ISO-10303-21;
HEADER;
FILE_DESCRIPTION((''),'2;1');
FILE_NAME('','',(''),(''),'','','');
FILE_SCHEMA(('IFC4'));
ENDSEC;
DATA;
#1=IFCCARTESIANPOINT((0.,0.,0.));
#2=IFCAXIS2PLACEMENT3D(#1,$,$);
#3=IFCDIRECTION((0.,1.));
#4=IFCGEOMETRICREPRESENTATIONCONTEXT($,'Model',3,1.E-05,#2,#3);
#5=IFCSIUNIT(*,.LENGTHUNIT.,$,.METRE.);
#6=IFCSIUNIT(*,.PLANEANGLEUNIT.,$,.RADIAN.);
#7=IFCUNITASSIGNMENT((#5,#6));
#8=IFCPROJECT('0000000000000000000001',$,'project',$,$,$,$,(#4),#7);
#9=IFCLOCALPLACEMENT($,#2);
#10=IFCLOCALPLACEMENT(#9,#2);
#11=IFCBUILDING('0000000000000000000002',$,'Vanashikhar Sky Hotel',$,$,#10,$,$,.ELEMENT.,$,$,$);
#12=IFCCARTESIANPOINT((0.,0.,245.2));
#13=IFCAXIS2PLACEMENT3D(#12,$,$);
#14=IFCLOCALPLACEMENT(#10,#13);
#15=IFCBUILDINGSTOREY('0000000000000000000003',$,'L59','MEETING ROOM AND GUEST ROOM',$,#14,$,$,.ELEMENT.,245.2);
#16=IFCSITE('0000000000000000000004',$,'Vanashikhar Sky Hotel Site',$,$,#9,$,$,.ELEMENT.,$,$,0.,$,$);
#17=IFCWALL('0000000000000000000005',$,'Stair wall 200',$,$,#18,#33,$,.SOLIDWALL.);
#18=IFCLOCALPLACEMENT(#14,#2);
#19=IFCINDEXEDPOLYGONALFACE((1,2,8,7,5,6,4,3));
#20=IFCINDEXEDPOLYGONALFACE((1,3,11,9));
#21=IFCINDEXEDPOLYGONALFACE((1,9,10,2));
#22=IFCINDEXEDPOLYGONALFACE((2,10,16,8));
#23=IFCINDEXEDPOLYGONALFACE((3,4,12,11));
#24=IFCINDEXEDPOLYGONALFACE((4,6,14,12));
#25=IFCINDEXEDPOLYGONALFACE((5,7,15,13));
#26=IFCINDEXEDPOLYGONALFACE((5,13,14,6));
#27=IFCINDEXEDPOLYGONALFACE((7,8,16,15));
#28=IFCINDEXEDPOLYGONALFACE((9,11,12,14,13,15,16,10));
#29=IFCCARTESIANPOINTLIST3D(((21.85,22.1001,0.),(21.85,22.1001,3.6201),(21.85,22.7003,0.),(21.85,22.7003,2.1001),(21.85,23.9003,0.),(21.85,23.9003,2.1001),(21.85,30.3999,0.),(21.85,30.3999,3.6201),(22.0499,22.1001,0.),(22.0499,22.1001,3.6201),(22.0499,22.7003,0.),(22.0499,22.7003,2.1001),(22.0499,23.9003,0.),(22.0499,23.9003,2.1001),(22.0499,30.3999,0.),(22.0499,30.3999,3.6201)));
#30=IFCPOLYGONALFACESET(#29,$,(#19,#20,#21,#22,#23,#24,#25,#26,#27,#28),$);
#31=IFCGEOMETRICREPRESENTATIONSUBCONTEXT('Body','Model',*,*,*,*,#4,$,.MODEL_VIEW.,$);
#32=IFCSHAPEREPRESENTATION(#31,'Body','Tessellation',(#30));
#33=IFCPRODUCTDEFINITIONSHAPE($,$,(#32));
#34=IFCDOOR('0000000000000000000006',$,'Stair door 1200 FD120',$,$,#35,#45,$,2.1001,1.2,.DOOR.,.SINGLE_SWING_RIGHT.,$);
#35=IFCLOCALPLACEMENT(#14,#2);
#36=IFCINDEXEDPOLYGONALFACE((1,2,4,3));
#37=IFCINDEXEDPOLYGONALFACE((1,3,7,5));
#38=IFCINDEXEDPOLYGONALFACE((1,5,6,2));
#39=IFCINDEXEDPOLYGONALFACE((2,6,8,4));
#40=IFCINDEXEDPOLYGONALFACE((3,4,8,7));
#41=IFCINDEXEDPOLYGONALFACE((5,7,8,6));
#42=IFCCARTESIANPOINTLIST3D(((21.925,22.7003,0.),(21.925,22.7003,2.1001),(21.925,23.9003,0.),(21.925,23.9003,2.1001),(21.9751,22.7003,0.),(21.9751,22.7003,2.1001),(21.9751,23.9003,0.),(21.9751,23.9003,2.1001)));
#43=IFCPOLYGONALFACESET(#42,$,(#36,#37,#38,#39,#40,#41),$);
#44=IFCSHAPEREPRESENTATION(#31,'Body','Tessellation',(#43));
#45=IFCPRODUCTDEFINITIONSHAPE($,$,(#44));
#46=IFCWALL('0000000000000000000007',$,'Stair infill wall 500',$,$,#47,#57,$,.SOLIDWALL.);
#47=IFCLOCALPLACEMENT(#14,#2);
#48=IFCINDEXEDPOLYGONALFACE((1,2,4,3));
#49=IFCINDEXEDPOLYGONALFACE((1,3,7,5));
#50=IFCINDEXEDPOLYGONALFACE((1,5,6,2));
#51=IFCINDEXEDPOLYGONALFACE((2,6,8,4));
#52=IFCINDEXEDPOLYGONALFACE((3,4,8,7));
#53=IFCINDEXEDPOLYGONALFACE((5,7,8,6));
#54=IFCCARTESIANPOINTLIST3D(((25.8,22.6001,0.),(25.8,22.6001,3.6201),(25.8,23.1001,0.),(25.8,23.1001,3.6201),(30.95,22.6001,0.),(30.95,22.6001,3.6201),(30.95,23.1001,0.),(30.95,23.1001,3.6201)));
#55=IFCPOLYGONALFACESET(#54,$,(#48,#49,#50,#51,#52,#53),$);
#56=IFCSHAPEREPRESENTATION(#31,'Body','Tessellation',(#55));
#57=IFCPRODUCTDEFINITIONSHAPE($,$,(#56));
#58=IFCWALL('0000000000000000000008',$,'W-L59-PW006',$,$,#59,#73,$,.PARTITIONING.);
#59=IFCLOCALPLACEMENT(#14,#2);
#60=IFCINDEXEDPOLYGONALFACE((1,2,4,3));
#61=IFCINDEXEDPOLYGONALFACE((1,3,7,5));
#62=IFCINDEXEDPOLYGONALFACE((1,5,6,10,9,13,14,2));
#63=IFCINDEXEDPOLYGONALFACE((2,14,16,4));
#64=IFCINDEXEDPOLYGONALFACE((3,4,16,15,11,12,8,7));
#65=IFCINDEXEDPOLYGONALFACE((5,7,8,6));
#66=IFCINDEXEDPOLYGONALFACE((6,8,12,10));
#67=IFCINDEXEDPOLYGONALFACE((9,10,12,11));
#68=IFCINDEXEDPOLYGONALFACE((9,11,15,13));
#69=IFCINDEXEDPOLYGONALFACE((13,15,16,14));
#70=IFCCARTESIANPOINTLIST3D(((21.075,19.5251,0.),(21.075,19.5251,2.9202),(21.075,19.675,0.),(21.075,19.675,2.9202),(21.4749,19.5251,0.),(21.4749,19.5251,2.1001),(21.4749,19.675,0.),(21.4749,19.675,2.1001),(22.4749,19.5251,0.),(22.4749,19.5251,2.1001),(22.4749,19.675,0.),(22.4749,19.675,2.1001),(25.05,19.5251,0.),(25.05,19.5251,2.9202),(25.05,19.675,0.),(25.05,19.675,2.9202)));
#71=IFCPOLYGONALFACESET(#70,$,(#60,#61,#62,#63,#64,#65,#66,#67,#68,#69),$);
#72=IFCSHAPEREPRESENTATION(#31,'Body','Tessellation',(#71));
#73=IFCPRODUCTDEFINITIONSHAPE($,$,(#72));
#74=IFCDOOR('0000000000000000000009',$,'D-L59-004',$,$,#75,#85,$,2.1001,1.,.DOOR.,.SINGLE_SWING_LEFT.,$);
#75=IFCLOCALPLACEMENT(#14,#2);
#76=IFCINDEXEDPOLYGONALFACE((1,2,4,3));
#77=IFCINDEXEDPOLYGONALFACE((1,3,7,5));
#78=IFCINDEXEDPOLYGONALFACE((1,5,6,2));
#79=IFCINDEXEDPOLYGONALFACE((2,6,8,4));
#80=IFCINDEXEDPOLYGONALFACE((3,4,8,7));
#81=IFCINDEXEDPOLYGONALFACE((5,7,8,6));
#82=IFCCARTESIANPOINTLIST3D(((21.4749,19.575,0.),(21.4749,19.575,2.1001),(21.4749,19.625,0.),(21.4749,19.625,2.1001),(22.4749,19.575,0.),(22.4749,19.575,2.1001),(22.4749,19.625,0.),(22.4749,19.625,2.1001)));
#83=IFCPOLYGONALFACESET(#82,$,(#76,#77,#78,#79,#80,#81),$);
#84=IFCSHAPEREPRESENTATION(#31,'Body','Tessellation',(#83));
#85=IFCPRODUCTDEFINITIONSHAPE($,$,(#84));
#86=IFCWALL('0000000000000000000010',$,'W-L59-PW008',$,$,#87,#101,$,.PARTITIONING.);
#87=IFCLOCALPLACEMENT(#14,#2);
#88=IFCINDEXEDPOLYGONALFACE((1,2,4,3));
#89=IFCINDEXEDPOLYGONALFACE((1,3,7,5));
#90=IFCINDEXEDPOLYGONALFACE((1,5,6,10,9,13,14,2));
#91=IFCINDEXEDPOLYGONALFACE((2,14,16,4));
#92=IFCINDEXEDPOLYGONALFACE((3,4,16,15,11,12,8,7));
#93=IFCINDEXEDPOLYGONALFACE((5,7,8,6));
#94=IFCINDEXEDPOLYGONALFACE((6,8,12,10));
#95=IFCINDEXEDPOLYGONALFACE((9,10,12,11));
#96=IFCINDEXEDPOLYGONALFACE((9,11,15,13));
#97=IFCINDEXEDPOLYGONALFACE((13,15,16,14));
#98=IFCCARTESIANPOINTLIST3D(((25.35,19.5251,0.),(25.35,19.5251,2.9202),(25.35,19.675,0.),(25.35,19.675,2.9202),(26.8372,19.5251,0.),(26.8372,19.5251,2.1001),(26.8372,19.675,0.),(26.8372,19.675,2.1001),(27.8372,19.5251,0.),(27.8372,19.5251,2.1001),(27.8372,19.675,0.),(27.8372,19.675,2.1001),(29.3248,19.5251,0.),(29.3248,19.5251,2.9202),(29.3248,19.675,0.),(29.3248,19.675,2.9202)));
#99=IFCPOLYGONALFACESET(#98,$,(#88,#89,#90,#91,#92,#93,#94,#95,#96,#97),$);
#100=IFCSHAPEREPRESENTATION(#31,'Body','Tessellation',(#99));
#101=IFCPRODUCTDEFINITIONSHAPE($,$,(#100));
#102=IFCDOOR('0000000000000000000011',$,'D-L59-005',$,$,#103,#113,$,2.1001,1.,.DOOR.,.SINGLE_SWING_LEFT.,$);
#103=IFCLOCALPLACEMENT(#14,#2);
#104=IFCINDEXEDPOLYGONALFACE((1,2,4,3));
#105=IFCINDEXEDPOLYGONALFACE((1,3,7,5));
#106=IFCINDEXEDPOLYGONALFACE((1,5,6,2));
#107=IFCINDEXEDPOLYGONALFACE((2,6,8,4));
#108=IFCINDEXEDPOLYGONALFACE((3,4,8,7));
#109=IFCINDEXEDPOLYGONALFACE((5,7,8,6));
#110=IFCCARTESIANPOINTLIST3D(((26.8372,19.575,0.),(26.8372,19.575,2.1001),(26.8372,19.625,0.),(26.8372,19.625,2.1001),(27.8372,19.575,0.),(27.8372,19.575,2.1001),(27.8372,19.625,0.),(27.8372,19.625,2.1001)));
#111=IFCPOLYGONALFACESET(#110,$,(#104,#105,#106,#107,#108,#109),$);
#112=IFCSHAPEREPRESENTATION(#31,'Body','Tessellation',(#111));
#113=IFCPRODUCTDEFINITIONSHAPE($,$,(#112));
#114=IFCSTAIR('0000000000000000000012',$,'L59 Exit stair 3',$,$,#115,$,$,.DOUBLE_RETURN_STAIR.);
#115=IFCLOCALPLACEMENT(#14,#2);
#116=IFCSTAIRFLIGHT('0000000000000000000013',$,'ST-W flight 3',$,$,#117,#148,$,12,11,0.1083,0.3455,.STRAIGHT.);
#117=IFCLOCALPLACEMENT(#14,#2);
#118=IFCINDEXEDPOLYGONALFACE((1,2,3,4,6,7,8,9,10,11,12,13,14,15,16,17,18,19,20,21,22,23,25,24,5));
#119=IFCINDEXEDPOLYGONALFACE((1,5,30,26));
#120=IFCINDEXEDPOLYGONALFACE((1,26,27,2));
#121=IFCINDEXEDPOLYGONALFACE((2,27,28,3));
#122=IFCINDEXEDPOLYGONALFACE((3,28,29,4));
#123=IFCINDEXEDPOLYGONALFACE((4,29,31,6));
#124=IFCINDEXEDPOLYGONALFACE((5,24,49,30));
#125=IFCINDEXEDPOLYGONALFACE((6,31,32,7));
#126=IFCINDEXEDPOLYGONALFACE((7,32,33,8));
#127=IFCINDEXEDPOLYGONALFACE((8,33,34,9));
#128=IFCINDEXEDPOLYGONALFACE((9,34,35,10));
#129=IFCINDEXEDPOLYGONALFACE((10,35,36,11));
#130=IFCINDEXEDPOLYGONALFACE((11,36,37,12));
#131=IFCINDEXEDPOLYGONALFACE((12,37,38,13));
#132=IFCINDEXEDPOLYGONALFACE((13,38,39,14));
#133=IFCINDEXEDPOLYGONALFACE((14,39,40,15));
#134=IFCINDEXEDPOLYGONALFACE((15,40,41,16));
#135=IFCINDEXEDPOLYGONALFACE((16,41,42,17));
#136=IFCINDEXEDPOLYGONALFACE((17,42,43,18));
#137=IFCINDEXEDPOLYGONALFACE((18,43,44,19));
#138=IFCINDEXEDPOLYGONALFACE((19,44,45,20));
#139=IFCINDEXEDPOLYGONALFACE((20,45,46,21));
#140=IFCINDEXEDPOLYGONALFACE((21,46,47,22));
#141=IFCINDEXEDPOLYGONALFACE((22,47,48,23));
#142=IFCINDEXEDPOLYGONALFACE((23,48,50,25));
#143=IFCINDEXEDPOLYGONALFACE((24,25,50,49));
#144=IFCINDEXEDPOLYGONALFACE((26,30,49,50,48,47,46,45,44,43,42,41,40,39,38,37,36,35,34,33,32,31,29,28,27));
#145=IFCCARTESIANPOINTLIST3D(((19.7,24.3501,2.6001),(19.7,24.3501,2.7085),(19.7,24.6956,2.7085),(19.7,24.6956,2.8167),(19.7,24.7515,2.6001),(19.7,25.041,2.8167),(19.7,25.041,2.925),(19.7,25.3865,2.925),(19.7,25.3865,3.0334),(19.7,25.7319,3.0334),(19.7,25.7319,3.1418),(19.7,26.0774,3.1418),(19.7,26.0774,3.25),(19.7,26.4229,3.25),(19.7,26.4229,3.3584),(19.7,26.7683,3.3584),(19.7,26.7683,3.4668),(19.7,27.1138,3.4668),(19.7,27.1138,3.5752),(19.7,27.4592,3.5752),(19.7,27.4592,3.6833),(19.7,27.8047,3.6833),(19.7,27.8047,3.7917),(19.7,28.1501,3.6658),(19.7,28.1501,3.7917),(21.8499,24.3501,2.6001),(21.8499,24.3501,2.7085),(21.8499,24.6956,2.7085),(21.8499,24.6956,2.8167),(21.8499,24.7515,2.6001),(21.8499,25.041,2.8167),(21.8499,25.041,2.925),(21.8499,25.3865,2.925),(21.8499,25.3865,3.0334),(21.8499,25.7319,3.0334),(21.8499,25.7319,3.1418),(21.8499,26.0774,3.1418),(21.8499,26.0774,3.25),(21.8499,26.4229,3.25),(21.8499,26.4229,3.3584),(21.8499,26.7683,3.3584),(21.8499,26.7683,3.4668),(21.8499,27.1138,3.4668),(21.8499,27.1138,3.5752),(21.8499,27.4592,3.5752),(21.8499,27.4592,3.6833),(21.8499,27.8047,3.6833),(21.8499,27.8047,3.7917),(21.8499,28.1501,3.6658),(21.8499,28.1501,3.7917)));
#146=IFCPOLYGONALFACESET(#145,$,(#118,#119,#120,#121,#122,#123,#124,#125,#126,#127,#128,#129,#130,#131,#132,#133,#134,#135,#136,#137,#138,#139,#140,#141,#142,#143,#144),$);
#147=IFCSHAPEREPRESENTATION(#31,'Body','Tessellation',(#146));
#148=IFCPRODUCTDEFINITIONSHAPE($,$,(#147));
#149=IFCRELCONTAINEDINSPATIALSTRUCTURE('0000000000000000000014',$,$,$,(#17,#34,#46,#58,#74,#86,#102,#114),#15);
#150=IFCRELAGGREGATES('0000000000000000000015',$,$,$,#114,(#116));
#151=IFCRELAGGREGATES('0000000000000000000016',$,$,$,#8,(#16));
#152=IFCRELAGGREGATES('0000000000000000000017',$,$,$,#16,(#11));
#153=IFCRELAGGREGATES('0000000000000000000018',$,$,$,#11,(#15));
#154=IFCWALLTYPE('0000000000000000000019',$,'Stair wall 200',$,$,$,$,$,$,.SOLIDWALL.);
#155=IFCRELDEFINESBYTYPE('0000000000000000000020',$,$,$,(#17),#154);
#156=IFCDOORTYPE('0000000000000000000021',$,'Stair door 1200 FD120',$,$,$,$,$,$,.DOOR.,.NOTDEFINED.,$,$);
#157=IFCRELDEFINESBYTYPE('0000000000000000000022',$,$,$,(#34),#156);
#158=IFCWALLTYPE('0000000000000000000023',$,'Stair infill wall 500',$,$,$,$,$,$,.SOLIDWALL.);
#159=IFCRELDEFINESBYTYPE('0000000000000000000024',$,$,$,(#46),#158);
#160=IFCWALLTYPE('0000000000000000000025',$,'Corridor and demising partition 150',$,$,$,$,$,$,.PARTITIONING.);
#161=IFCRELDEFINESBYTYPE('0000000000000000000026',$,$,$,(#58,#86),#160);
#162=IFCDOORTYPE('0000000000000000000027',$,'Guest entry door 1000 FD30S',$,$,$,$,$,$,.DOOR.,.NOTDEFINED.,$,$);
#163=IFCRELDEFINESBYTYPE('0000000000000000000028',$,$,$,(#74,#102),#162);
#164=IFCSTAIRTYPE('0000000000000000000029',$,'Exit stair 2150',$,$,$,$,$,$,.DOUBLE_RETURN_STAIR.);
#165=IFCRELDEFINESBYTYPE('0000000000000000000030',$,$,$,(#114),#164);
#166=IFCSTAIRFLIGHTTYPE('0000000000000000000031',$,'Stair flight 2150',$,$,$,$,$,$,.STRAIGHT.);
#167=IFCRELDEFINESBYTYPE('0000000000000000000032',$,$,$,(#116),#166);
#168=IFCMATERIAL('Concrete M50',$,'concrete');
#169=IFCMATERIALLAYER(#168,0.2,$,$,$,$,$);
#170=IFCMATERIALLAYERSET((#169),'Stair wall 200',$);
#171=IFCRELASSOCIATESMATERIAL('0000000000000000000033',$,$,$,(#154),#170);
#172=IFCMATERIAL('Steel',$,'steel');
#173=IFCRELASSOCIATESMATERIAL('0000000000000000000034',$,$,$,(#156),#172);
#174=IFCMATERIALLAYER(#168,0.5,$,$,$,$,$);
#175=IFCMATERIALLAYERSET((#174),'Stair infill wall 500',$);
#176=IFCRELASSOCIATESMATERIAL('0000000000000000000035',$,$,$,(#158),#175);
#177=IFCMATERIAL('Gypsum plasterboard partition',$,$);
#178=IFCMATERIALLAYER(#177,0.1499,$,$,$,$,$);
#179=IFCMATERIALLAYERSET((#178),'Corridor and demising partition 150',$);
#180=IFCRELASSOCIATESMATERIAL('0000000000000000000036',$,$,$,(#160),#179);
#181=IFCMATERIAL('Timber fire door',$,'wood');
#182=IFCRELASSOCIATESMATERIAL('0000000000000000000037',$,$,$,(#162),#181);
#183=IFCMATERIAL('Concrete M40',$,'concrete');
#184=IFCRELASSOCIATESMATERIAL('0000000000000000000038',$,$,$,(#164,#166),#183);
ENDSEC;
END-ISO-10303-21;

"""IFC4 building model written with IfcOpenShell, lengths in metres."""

from ifc_helpers import new_model, si_unit, direction, frame, frame_2d, origin, place, context, subcontext, project, spatial, polyline, rectangle, outline, extrude, source, transform, mapped, material, layer, layer_set, type_object, element, fill, aggregate, save


model = new_model("IFC4")

# Units and contexts
model_context = context("Model", 3, precision=1e-05, world=origin(), true_north=direction((0.0, 1.0)))
body_context = subcontext(model_context, "Body", "Model", "MODEL_VIEW")
ifc_project = project(units=[si_unit("LENGTHUNIT", "METRE"), si_unit("PLANEANGLEUNIT", "RADIAN")], contexts=[model_context])

# Site, building, storey
site_placement = place(None, origin())
site = spatial("IfcSite", under=ifc_project, at=site_placement, Name="Vanashikhar Sky Hotel Site", CompositionType="ELEMENT", RefElevation=0.0)
building_placement = place(site_placement, origin())
building = spatial("IfcBuilding", under=site, at=building_placement, Name="Vanashikhar Sky Hotel", CompositionType="ELEMENT")
storey_placement = place(building_placement, frame((0.0, 0.0, 245.2)))
storey = spatial("IfcBuildingStorey", under=building, at=storey_placement, Name="L59", Description="MEETING ROOM AND GUEST ROOM", CompositionType="ELEMENT", Elevation=245.2)

# Shared definitions
ifc_material_1 = material(Name="Steel", Category="steel")

# Wall, opening, door
ifc_material_2 = material(Name="Concrete M50", Category="concrete")
ifc_layer_1 = layer(ifc_material_2, 0.2)
ifc_layer_set_1 = layer_set([ifc_layer_1], Name="Stair wall 200")
wall_type_1 = type_object("IfcWallType", Name="Stair wall 200", PredefinedType="SOLIDWALL", material=ifc_layer_set_1)
shared_shape_1 = source(origin(), body_context, "Body", "SweptSolid", [
    extrude(rectangle(XDim=8.2998, YDim=0.2, at=frame_2d((4.1499, 0.0))), origin(), (0.0, 0.0, 1.0), 3.6201),
])
wall_1_placement = place(storey_placement, frame((21.95, 22.1001, 0.0), z_axis=(0.0, 0.0, 1.0), x_axis=(0.0, 1.0, 0.0)))
wall_1 = element("IfcWall", 1, at=wall_1_placement, inside=storey, type_object=wall_type_1, Name="Stair wall 200", PredefinedType="SOLIDWALL", context=body_context, shape_type="MappedRepresentation", body=[
    mapped(shared_shape_1, transform((0.0, 0.0, 0.0), scale=1.0)),
])
shared_shape_2 = source(origin(), body_context, "Body", "SweptSolid", [
    extrude(rectangle(XDim=1.2, YDim=2.1001, at=frame_2d((0.6001, 1.05))), frame((0.0, 0.1099, 0.0), z_axis=(0.0, -1.0, 0.0), x_axis=(1.0, 0.0, 0.0)), (0.0, 0.0, 1.0), 0.22),
])
opening_1_placement = place(wall_1_placement, frame((0.6001, 0.0, 0.0)))
opening_1 = element("IfcOpeningElement", 2, at=opening_1_placement, cuts=wall_1, PredefinedType="OPENING", context=body_context, shape_type="MappedRepresentation", body=[
    mapped(shared_shape_2, transform((0.0, 0.0, 0.0), scale=1.0)),
])
door_type_1 = type_object("IfcDoorType", Name="Stair door 1200 FD120", OperationType="NOTDEFINED", PredefinedType="DOOR", material=ifc_material_1)
shared_shape_3 = source(origin(), body_context, "Body", "SweptSolid", [
    extrude(rectangle(XDim=1.2, YDim=2.1001, at=frame_2d((0.6001, 1.05))), frame((0.0, 0.0249, 0.0), z_axis=(0.0, -1.0, 0.0), x_axis=(1.0, 0.0, 0.0)), (0.0, 0.0, 1.0), 0.05),
])
door_1_placement = place(opening_1_placement, origin())
door_1 = element("IfcDoor", 3, at=door_1_placement, inside=storey, type_object=door_type_1, Name="Stair door 1200 FD120", OperationType="SINGLE_SWING_RIGHT", OverallHeight=2.1001, OverallWidth=1.2, PredefinedType="DOOR", context=body_context, shape_type="MappedRepresentation", body=[
    mapped(shared_shape_3, transform((0.0, 0.0, 0.0), scale=1.0)),
])
fill(opening_1, door_1)

# Wall
ifc_layer_2 = layer(ifc_material_2, 0.5)
ifc_layer_set_2 = layer_set([ifc_layer_2], Name="Stair infill wall 500")
wall_type_2 = type_object("IfcWallType", Name="Stair infill wall 500", PredefinedType="SOLIDWALL", material=ifc_layer_set_2)
shared_shape_4 = source(origin(), body_context, "Body", "SweptSolid", [
    extrude(rectangle(XDim=5.1499, YDim=0.5, at=frame_2d((2.575, 0.0))), origin(), (0.0, 0.0, 1.0), 3.6201),
])
wall_2_placement = place(storey_placement, frame((25.8, 22.8501, 0.0), z_axis=(0.0, 0.0, 1.0), x_axis=(1.0, 0.0, 0.0)))
element("IfcWall", 4, at=wall_2_placement, inside=storey, type_object=wall_type_2, Name="Stair infill wall 500", PredefinedType="SOLIDWALL", context=body_context, shape_type="MappedRepresentation", body=[
    mapped(shared_shape_4, transform((0.0, 0.0, 0.0), scale=1.0)),
])

# Walls, openings, doors
ifc_material_3 = material(Name="Gypsum plasterboard partition")
ifc_layer_3 = layer(ifc_material_3, 0.1499)
ifc_layer_set_3 = layer_set([ifc_layer_3], Name="Corridor and demising partition 150")
wall_type_3 = type_object("IfcWallType", Name="Corridor and demising partition 150", PredefinedType="PARTITIONING", material=ifc_layer_set_3)
shared_shape_5 = source(origin(), body_context, "Body", "SweptSolid", [
    extrude(rectangle(XDim=3.9751, YDim=0.1499, at=frame_2d((1.9875, 0.0))), origin(), (0.0, 0.0, 1.0), 2.9202),
])
wall_3_placement = place(storey_placement, frame((21.075, 19.6001, 0.0), z_axis=(0.0, 0.0, 1.0), x_axis=(1.0, 0.0, 0.0)))
wall_3 = element("IfcWall", 5, at=wall_3_placement, inside=storey, type_object=wall_type_3, Name="W-L59-PW006", PredefinedType="PARTITIONING", context=body_context, shape_type="MappedRepresentation", body=[
    mapped(shared_shape_5, transform((0.0, 0.0, 0.0), scale=1.0)),
])
shared_shape_6 = source(origin(), body_context, "Body", "SweptSolid", [
    extrude(rectangle(XDim=1.0, YDim=2.1001, at=frame_2d((0.5, 1.05))), frame((0.0, 0.085, 0.0), z_axis=(0.0, -1.0, 0.0), x_axis=(1.0, 0.0, 0.0)), (0.0, 0.0, 1.0), 0.1699),
])
opening_2_placement = place(wall_3_placement, frame((0.3999, 0.0, 0.0)))
opening_2 = element("IfcOpeningElement", 6, at=opening_2_placement, cuts=wall_3, PredefinedType="OPENING", context=body_context, shape_type="MappedRepresentation", body=[
    mapped(shared_shape_6, transform((0.0, 0.0, 0.0), scale=1.0)),
])
ifc_material_4 = material(Name="Timber fire door", Category="wood")
door_type_2 = type_object("IfcDoorType", Name="Guest entry door 1000 FD30S", OperationType="NOTDEFINED", PredefinedType="DOOR", material=ifc_material_4)
shared_shape_7 = source(origin(), body_context, "Body", "SweptSolid", [
    extrude(rectangle(XDim=1.0, YDim=2.1001, at=frame_2d((0.5, 1.05))), frame((0.0, 0.0249, 0.0), z_axis=(0.0, -1.0, 0.0), x_axis=(1.0, 0.0, 0.0)), (0.0, 0.0, 1.0), 0.05),
])
door_2_placement = place(opening_2_placement, origin())
door_2 = element("IfcDoor", 7, at=door_2_placement, inside=storey, type_object=door_type_2, Name="D-L59-004", OperationType="SINGLE_SWING_LEFT", OverallHeight=2.1001, OverallWidth=1.0, PredefinedType="DOOR", context=body_context, shape_type="MappedRepresentation", body=[
    mapped(shared_shape_7, transform((0.0, 0.0, 0.0), scale=1.0)),
])
fill(opening_2, door_2)
shared_shape_8 = source(origin(), body_context, "Body", "SweptSolid", [
    extrude(rectangle(XDim=3.9749, YDim=0.1499, at=frame_2d((1.9873, 0.0))), origin(), (0.0, 0.0, 1.0), 2.9202),
])
wall_4_placement = place(storey_placement, frame((25.3501, 19.6001, 0.0), z_axis=(0.0, 0.0, 1.0), x_axis=(1.0, 0.0, 0.0)))
wall_4 = element("IfcWall", 8, at=wall_4_placement, inside=storey, type_object=wall_type_3, Name="W-L59-PW008", PredefinedType="PARTITIONING", context=body_context, shape_type="MappedRepresentation", body=[
    mapped(shared_shape_8, transform((0.0, 0.0, 0.0), scale=1.0)),
])
opening_3_placement = place(wall_4_placement, frame((1.4871, 0.0, 0.0)))
opening_3 = element("IfcOpeningElement", 9, at=opening_3_placement, cuts=wall_4, PredefinedType="OPENING", context=body_context, shape_type="MappedRepresentation", body=[
    mapped(shared_shape_6, transform((0.0, 0.0, 0.0), scale=1.0)),
])
door_3_placement = place(opening_3_placement, origin())
door_3 = element("IfcDoor", 10, at=door_3_placement, inside=storey, type_object=door_type_2, Name="D-L59-005", OperationType="SINGLE_SWING_LEFT", OverallHeight=2.1001, OverallWidth=1.0, PredefinedType="DOOR", context=body_context, shape_type="MappedRepresentation", body=[
    mapped(shared_shape_7, transform((0.0, 0.0, 0.0), scale=1.0)),
])
fill(opening_3, door_3)

# Stair, stair flight
ifc_material_5 = material(Name="Concrete M40", Category="concrete")
stair_type = type_object("IfcStairType", Name="Exit stair 2150", PredefinedType="DOUBLE_RETURN_STAIR", material=ifc_material_5)
stair_placement = place(storey_placement, origin())
stair = element("IfcStair", 11, at=stair_placement, inside=storey, type_object=stair_type, Name="L59 Exit stair 3", PredefinedType="DOUBLE_RETURN_STAIR")
stair_flight_type = type_object("IfcStairFlightType", Name="Stair flight 2150", PredefinedType="STRAIGHT", material=ifc_material_5)
shared_shape_9 = source(origin(), body_context, "Body", "SweptSolid", [
    extrude(outline(polyline([(0.0, 0.0), (0.0, 0.1084), (0.3455, 0.1084), (0.3455, 0.2166), (0.6909, 0.2166), (0.6909, 0.325), (1.0364, 0.325), (1.0364, 0.4333), (1.3818, 0.4333), (1.3818, 0.5417), (1.7273, 0.5417), (1.7273, 0.6499), (2.0728, 0.6499), (2.0728, 0.7583), (2.4182, 0.7583), (2.4182, 0.8667), (2.7637, 0.8667), (2.7637, 0.9751), (3.1091, 0.9751), (3.1091, 1.0833), (3.4546, 1.0833), (3.4546, 1.1917), (3.8, 1.1917), (3.8, 1.3), (3.8, 1.0657), (0.4014, 0.0), (0.0, 0.0)])), frame((0.0, 1.075, 0.0), z_axis=(0.0, -1.0, 0.0), x_axis=(1.0, 0.0, 0.0)), (0.0, 0.0, 1.0), 2.1499),
])
stair_flight_placement = place(storey_placement, frame((20.7749, 24.3501, 2.6001), z_axis=(0.0, 0.0, 1.0), x_axis=(0.0, 1.0, 0.0)))
stair_flight = element("IfcStairFlight", 12, at=stair_flight_placement, type_object=stair_flight_type, Name="ST-W flight 3", NumberOfRisers=12, NumberOfTreads=11, PredefinedType="STRAIGHT", RiserHeight=0.1083, TreadLength=0.3455, context=body_context, shape_type="MappedRepresentation", body=[
    mapped(shared_shape_9, transform((0.0, 0.0, 0.0), scale=1.0)),
])
aggregate(stair, [stair_flight])

save(model, "model.ifc")
